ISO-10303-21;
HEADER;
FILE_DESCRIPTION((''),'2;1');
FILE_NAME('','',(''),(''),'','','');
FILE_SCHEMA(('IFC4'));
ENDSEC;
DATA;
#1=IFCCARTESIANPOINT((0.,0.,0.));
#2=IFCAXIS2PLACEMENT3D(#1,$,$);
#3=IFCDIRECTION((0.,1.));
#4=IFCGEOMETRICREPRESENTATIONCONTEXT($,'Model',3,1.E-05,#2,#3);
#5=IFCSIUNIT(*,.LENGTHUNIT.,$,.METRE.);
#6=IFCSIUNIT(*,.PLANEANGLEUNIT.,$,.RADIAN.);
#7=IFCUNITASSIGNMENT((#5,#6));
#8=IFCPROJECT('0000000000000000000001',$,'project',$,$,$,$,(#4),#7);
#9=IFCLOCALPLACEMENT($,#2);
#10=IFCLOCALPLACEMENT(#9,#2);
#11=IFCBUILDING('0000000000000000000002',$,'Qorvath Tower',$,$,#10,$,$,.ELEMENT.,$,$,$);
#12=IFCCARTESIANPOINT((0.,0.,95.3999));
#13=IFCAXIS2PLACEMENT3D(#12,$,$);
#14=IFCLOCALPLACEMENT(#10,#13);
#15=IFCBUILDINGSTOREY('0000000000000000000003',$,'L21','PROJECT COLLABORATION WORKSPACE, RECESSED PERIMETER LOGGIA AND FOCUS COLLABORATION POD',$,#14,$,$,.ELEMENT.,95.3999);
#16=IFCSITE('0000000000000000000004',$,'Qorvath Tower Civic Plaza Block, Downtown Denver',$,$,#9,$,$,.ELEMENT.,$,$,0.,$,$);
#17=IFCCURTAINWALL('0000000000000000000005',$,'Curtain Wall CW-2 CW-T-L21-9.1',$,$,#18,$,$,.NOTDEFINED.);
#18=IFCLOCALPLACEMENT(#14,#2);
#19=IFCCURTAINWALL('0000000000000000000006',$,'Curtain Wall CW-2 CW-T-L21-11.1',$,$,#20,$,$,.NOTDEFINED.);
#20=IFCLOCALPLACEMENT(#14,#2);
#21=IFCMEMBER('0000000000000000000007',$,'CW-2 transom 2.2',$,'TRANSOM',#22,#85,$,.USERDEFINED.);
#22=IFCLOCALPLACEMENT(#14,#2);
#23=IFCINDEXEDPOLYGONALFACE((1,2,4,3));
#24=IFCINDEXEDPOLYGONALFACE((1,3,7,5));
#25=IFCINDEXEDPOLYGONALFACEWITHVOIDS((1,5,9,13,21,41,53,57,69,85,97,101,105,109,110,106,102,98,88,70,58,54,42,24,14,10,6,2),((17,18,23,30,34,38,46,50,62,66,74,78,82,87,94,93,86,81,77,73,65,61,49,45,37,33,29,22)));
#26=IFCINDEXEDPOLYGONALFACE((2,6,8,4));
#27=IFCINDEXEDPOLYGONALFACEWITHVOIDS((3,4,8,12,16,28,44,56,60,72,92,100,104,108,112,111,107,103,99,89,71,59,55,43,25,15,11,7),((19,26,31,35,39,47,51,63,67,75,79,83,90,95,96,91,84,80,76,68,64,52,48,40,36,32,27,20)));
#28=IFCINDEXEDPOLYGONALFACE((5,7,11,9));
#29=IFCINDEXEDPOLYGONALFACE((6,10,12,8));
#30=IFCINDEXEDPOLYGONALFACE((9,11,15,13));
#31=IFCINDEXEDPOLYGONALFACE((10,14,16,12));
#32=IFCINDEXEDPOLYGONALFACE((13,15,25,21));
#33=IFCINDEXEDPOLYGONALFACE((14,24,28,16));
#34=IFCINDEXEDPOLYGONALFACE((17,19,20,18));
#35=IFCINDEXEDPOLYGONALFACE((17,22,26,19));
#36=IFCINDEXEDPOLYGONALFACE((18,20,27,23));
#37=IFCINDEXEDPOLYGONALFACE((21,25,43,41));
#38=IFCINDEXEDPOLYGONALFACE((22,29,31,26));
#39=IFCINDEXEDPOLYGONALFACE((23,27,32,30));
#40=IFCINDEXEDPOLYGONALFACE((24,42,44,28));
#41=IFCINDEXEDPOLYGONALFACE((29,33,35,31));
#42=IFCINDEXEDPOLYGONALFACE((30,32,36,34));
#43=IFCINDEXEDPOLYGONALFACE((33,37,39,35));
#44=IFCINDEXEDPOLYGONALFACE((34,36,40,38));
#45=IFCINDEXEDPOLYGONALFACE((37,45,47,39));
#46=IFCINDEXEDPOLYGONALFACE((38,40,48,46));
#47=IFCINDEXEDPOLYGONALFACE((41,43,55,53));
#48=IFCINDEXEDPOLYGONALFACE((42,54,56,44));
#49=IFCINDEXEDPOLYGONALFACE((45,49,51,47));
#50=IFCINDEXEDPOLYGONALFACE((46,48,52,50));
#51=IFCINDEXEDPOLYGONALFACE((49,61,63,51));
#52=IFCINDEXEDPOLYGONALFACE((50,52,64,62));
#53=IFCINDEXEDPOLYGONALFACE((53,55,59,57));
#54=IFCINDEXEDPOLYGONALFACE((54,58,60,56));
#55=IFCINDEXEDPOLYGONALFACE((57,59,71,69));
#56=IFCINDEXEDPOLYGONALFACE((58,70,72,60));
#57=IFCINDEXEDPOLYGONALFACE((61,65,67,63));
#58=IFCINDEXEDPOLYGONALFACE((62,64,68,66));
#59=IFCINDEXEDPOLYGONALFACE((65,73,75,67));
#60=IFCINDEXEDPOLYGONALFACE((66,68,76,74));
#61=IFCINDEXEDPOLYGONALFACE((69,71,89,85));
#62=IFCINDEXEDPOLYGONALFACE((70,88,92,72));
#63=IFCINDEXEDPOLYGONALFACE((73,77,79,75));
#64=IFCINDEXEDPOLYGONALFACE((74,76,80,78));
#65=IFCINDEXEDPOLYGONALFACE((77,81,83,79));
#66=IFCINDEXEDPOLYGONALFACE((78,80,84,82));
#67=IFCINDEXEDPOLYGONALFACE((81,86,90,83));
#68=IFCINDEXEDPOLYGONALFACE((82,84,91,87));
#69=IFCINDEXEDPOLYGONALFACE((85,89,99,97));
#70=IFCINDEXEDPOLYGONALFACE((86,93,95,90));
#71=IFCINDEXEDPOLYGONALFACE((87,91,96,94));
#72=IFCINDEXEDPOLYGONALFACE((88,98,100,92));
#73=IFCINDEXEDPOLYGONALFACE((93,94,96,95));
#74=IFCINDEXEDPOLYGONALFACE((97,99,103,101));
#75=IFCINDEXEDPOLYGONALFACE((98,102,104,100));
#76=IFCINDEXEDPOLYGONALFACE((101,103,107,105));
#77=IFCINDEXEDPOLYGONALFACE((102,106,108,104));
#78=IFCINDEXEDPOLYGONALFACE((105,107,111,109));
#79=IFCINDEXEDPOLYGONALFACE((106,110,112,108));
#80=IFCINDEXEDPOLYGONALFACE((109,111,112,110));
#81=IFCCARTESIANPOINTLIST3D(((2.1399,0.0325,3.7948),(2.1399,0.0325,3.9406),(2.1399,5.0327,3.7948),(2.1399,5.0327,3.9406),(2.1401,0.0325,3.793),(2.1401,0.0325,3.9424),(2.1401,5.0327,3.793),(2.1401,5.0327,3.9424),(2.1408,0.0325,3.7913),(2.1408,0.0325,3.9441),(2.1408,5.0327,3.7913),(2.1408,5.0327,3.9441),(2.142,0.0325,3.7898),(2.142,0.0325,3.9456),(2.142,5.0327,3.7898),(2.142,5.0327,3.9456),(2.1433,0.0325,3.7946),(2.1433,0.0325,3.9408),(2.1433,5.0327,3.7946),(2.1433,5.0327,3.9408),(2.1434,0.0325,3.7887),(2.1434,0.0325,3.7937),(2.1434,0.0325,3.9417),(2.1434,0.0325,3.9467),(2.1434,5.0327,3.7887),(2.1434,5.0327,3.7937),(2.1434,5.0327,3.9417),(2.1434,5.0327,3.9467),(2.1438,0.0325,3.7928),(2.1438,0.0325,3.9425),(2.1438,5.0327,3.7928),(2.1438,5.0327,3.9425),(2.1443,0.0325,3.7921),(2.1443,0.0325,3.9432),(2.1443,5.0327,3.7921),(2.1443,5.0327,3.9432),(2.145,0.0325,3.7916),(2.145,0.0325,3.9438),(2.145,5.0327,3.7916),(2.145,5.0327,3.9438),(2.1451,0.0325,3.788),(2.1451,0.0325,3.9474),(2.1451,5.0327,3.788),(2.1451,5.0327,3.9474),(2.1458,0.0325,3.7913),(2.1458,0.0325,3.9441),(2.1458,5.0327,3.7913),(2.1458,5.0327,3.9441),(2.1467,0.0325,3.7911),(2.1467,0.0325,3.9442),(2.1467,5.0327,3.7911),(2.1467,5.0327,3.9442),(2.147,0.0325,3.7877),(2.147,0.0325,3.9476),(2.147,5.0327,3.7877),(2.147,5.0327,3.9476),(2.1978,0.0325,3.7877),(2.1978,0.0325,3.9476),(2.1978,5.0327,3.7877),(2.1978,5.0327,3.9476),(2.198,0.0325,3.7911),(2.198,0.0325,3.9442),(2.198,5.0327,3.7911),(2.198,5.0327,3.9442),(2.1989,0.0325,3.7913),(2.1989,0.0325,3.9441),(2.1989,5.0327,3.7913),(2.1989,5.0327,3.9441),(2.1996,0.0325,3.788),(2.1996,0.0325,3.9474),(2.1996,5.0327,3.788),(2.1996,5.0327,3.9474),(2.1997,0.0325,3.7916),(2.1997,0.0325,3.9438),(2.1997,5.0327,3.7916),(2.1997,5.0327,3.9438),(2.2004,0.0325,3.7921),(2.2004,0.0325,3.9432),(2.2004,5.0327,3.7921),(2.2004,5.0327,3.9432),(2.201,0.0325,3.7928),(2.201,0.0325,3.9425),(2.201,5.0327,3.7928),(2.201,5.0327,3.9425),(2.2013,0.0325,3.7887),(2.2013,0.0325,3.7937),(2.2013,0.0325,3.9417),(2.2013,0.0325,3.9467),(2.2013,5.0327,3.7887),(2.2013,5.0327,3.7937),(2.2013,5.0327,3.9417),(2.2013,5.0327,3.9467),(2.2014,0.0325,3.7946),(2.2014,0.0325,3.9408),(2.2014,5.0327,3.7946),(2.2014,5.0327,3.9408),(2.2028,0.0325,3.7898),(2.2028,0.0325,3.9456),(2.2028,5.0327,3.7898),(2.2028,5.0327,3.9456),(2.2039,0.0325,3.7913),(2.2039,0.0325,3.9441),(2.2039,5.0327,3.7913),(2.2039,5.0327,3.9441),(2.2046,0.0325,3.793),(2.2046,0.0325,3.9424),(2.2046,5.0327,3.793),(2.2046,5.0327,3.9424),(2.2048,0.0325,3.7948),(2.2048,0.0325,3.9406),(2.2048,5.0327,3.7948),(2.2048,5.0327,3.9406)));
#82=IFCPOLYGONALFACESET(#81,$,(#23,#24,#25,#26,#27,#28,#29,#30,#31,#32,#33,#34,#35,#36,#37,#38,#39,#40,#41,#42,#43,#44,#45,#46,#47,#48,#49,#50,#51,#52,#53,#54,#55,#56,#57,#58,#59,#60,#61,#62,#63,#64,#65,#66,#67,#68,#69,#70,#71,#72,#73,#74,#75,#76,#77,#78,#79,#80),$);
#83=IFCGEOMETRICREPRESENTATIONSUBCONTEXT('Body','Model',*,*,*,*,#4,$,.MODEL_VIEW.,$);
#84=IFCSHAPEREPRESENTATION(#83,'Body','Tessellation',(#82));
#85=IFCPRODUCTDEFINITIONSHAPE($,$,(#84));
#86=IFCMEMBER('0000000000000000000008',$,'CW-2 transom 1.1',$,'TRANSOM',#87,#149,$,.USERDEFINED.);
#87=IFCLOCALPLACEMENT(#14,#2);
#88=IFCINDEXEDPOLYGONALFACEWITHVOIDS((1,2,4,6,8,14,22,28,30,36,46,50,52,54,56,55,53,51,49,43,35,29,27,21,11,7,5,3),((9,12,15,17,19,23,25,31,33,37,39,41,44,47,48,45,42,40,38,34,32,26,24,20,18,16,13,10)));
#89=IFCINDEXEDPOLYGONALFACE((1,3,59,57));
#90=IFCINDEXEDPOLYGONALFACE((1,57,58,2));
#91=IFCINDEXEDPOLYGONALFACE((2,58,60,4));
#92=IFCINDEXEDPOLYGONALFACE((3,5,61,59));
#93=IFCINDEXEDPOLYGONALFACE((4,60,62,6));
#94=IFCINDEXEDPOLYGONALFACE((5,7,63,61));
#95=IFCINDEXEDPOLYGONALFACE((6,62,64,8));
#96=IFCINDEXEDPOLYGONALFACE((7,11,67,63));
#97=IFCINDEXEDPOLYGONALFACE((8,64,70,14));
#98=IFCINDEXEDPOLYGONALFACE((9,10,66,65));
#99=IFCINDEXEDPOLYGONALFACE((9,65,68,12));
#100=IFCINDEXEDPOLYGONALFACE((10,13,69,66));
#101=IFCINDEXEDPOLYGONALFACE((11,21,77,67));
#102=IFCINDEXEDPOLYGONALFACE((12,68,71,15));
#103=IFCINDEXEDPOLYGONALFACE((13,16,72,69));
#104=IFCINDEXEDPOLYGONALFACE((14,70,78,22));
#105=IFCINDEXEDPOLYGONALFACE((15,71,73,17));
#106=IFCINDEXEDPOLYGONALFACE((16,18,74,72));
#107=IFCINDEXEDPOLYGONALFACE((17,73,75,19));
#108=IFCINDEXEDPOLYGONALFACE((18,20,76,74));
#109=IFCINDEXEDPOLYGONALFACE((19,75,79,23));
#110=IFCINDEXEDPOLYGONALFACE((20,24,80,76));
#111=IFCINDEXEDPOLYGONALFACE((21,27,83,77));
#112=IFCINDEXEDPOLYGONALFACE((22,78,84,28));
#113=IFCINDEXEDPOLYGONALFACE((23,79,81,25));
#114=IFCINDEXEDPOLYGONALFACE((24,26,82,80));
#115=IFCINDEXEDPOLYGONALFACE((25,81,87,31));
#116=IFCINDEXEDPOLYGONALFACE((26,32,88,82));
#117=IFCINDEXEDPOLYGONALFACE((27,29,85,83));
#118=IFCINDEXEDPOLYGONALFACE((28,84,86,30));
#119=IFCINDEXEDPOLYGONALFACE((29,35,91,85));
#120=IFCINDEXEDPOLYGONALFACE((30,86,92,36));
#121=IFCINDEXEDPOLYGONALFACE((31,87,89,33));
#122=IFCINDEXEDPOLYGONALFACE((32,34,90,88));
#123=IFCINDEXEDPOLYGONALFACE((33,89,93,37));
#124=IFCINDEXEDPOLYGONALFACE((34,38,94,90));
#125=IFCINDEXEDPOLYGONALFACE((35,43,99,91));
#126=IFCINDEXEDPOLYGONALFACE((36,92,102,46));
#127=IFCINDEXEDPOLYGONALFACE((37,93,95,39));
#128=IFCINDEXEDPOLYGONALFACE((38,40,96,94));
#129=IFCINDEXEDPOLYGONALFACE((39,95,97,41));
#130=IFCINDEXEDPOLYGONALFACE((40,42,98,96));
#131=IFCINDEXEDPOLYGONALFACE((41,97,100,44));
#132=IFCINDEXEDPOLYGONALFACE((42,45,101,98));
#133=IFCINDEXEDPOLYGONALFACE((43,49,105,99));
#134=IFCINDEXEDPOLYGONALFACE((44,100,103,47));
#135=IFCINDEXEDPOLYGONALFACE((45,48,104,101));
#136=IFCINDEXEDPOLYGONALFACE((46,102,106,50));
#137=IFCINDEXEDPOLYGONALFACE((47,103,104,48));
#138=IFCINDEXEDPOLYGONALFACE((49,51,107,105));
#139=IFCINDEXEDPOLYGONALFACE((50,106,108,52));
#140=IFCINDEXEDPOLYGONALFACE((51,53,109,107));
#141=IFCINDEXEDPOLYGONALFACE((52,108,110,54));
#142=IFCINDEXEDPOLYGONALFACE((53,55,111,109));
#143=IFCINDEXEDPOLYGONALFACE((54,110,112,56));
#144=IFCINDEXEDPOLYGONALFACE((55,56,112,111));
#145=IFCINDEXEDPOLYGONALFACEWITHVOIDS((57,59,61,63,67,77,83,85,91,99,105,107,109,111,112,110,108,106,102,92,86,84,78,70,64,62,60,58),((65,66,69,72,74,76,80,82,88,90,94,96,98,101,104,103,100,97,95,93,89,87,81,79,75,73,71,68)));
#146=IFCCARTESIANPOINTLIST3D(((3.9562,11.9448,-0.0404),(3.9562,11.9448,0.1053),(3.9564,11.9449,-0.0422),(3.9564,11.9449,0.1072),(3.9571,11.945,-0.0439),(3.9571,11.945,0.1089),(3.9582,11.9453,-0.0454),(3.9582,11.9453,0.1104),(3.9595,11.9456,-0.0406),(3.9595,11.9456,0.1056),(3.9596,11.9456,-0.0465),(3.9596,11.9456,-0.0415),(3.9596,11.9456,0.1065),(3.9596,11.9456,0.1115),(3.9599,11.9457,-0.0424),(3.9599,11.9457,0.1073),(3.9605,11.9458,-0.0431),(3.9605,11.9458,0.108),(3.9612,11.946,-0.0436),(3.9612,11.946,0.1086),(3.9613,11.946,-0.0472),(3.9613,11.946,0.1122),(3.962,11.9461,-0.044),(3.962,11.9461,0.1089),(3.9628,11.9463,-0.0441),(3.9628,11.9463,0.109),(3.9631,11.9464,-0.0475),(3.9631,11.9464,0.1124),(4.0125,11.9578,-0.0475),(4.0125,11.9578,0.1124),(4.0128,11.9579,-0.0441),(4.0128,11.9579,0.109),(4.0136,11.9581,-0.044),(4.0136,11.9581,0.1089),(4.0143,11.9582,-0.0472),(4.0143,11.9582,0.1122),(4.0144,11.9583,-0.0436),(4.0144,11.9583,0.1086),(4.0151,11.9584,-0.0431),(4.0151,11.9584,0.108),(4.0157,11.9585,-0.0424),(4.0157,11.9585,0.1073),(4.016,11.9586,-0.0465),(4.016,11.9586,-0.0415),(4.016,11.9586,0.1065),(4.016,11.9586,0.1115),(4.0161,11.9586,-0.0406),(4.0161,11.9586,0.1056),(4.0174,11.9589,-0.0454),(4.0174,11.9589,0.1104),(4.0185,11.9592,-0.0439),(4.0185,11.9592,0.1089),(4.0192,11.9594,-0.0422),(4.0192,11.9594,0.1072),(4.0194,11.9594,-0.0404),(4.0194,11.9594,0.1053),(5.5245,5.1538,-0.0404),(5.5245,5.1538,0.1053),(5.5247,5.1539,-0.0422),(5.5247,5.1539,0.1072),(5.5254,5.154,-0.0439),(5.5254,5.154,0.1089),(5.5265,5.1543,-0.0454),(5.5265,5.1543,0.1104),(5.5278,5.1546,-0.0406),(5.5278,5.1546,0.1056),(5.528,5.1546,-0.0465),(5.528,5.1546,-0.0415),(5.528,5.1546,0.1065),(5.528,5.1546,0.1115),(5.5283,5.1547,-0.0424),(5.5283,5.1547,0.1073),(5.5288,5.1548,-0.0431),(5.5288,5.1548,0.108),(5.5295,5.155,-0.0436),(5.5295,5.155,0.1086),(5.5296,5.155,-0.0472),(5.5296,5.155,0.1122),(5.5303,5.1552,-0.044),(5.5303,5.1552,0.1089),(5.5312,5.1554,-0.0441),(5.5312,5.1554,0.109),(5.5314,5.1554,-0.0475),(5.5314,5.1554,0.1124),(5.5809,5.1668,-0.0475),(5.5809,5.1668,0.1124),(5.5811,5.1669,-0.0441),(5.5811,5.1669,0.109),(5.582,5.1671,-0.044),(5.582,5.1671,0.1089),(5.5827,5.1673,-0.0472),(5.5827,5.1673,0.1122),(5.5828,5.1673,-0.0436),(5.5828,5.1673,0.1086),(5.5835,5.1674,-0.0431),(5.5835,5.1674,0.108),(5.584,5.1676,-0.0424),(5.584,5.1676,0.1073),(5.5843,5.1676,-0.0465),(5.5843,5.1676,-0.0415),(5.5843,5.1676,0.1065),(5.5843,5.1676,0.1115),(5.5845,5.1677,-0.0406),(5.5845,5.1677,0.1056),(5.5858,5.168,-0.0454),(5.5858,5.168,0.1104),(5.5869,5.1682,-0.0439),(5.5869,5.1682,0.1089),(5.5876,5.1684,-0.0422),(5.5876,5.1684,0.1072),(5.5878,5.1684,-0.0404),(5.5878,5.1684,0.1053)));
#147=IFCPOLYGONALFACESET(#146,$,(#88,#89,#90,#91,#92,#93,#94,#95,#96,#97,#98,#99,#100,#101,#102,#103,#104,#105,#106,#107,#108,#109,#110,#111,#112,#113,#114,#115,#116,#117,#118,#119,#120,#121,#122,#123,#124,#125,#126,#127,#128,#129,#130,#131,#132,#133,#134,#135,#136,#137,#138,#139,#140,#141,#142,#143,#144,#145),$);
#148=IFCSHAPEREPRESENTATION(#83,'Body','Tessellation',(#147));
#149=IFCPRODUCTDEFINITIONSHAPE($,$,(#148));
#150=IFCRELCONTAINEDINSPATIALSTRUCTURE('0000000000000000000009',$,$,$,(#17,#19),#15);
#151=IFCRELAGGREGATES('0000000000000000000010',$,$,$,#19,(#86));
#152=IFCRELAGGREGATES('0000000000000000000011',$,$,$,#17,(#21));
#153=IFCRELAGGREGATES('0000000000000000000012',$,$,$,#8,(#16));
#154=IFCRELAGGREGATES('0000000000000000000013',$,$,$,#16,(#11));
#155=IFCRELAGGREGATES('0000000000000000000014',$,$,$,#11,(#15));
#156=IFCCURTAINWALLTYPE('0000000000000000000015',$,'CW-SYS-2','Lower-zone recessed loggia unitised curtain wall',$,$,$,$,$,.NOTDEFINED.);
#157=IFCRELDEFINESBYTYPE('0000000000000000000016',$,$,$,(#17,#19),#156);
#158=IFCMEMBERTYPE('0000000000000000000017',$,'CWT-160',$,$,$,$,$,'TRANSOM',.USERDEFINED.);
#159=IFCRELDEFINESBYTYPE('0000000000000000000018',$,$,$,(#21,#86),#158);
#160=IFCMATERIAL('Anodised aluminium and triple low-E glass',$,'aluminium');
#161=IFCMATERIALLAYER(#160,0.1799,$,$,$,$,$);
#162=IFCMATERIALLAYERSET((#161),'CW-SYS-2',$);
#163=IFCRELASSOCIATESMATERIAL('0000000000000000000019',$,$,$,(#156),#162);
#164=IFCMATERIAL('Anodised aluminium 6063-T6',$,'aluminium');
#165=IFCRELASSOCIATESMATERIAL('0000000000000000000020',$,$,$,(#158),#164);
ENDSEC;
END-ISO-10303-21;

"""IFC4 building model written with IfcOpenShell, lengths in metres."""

from ifc_helpers import new_model, si_unit, direction, frame, origin, origin_2d, place, context, subcontext, project, spatial, hollow_rectangle, extrude, material, layer, layer_set, material_profile, profile_set, type_object, element, aggregate, save


model = new_model("IFC4")

# Units and contexts
model_context = context("Model", 3, precision=1e-05, world=origin(), true_north=direction((0.0, 1.0)))
body_context = subcontext(model_context, "Body", "Model", "MODEL_VIEW")
ifc_project = project(units=[si_unit("LENGTHUNIT", "METRE"), si_unit("PLANEANGLEUNIT", "RADIAN")], contexts=[model_context])

# Site, building, storey
site_placement = place(None, origin())
site = spatial("IfcSite", under=ifc_project, at=site_placement, Name="Qorvath Tower Civic Plaza Block, Downtown Denver", CompositionType="ELEMENT", RefElevation=0.0)
building_placement = place(site_placement, origin())
building = spatial("IfcBuilding", under=site, at=building_placement, Name="Qorvath Tower", CompositionType="ELEMENT")
storey_placement = place(building_placement, frame((0.0, 0.0, 95.3999)))
storey = spatial("IfcBuildingStorey", under=building, at=storey_placement, Name="L21", Description="PROJECT COLLABORATION WORKSPACE, RECESSED PERIMETER LOGGIA AND FOCUS COLLABORATION POD", CompositionType="ELEMENT", Elevation=95.3999)

# Curtain wall
ifc_material_1 = material(Name="Anodised aluminium and triple low-E glass", Category="aluminium")
ifc_layer_1 = layer(ifc_material_1, 0.1799)
ifc_layer_set_1 = layer_set([ifc_layer_1], Name="CW-SYS-2")
curtain_wall_type = type_object("IfcCurtainWallType", Name="CW-SYS-2", Description="Lower-zone recessed loggia unitised curtain wall", PredefinedType="NOTDEFINED", material=ifc_layer_set_1)
curtain_wall_1_placement = place(storey_placement, origin())
curtain_wall_1 = element("IfcCurtainWall", 1, at=curtain_wall_1_placement, inside=storey, type_object=curtain_wall_type, Name="Curtain Wall CW-2 CW-T-L21-9.1", PredefinedType="NOTDEFINED")

# Curtain wall
curtain_wall_2_placement = place(storey_placement, origin())
curtain_wall_2 = element("IfcCurtainWall", 2, at=curtain_wall_2_placement, inside=storey, type_object=curtain_wall_type, Name="Curtain Wall CW-2 CW-T-L21-11.1", PredefinedType="NOTDEFINED")

# Members
ifc_material_2 = material(Name="Anodised aluminium 6063-T6", Category="aluminium")
ifc_material_profile_1 = material_profile(ifc_material_2, hollow_rectangle(XDim=0.0649, YDim=0.1599, WallThickness=0.0034, InnerFilletRadius=0.0034, OuterFilletRadius=0.0071, at=origin_2d()), Name="CWT 160x65")
ifc_profile_set_1 = profile_set([ifc_material_profile_1], Name="Anodised aluminium 6063-T6")
member_type_1 = type_object("IfcMemberType", Name="CWT-160", ElementType="TRANSOM", PredefinedType="USERDEFINED", material=ifc_profile_set_1)
member_1_placement = place(storey_placement, frame((2.1724, 0.0325, 3.8677), z_axis=(0.0, 1.0, 0.0), x_axis=(-1.0, 0.0, 0.0)))
member_1 = element("IfcMember", 3, at=member_1_placement, type_object=member_type_1, Name="CW-2 transom 2.2", ObjectType="TRANSOM", PredefinedType="USERDEFINED", context=body_context, shape_type="SweptSolid", body=[
    extrude(hollow_rectangle(XDim=0.0649, YDim=0.1599, WallThickness=0.0034, InnerFilletRadius=0.0034, OuterFilletRadius=0.0071, at=origin_2d()), origin(), (0.0, 0.0, 1.0), 5.0002),
])
member_2_placement = place(storey_placement, frame((5.5562, 5.1611, 0.0325), z_axis=(-0.225023, 0.974353, 0.0), x_axis=(-0.974353, -0.225023, 0.0)))
member_2 = element("IfcMember", 4, at=member_2_placement, type_object=member_type_1, Name="CW-2 transom 1.1", ObjectType="TRANSOM", PredefinedType="USERDEFINED", context=body_context, shape_type="SweptSolid", body=[
    extrude(hollow_rectangle(XDim=0.0649, YDim=0.1599, WallThickness=0.0034, InnerFilletRadius=0.0034, OuterFilletRadius=0.0071, at=origin_2d()), origin(), (0.0, 0.0, 1.0), 6.9697),
])
aggregate(curtain_wall_2, [member_2])

aggregate(curtain_wall_1, [member_1])

save(model, "model.ifc")
